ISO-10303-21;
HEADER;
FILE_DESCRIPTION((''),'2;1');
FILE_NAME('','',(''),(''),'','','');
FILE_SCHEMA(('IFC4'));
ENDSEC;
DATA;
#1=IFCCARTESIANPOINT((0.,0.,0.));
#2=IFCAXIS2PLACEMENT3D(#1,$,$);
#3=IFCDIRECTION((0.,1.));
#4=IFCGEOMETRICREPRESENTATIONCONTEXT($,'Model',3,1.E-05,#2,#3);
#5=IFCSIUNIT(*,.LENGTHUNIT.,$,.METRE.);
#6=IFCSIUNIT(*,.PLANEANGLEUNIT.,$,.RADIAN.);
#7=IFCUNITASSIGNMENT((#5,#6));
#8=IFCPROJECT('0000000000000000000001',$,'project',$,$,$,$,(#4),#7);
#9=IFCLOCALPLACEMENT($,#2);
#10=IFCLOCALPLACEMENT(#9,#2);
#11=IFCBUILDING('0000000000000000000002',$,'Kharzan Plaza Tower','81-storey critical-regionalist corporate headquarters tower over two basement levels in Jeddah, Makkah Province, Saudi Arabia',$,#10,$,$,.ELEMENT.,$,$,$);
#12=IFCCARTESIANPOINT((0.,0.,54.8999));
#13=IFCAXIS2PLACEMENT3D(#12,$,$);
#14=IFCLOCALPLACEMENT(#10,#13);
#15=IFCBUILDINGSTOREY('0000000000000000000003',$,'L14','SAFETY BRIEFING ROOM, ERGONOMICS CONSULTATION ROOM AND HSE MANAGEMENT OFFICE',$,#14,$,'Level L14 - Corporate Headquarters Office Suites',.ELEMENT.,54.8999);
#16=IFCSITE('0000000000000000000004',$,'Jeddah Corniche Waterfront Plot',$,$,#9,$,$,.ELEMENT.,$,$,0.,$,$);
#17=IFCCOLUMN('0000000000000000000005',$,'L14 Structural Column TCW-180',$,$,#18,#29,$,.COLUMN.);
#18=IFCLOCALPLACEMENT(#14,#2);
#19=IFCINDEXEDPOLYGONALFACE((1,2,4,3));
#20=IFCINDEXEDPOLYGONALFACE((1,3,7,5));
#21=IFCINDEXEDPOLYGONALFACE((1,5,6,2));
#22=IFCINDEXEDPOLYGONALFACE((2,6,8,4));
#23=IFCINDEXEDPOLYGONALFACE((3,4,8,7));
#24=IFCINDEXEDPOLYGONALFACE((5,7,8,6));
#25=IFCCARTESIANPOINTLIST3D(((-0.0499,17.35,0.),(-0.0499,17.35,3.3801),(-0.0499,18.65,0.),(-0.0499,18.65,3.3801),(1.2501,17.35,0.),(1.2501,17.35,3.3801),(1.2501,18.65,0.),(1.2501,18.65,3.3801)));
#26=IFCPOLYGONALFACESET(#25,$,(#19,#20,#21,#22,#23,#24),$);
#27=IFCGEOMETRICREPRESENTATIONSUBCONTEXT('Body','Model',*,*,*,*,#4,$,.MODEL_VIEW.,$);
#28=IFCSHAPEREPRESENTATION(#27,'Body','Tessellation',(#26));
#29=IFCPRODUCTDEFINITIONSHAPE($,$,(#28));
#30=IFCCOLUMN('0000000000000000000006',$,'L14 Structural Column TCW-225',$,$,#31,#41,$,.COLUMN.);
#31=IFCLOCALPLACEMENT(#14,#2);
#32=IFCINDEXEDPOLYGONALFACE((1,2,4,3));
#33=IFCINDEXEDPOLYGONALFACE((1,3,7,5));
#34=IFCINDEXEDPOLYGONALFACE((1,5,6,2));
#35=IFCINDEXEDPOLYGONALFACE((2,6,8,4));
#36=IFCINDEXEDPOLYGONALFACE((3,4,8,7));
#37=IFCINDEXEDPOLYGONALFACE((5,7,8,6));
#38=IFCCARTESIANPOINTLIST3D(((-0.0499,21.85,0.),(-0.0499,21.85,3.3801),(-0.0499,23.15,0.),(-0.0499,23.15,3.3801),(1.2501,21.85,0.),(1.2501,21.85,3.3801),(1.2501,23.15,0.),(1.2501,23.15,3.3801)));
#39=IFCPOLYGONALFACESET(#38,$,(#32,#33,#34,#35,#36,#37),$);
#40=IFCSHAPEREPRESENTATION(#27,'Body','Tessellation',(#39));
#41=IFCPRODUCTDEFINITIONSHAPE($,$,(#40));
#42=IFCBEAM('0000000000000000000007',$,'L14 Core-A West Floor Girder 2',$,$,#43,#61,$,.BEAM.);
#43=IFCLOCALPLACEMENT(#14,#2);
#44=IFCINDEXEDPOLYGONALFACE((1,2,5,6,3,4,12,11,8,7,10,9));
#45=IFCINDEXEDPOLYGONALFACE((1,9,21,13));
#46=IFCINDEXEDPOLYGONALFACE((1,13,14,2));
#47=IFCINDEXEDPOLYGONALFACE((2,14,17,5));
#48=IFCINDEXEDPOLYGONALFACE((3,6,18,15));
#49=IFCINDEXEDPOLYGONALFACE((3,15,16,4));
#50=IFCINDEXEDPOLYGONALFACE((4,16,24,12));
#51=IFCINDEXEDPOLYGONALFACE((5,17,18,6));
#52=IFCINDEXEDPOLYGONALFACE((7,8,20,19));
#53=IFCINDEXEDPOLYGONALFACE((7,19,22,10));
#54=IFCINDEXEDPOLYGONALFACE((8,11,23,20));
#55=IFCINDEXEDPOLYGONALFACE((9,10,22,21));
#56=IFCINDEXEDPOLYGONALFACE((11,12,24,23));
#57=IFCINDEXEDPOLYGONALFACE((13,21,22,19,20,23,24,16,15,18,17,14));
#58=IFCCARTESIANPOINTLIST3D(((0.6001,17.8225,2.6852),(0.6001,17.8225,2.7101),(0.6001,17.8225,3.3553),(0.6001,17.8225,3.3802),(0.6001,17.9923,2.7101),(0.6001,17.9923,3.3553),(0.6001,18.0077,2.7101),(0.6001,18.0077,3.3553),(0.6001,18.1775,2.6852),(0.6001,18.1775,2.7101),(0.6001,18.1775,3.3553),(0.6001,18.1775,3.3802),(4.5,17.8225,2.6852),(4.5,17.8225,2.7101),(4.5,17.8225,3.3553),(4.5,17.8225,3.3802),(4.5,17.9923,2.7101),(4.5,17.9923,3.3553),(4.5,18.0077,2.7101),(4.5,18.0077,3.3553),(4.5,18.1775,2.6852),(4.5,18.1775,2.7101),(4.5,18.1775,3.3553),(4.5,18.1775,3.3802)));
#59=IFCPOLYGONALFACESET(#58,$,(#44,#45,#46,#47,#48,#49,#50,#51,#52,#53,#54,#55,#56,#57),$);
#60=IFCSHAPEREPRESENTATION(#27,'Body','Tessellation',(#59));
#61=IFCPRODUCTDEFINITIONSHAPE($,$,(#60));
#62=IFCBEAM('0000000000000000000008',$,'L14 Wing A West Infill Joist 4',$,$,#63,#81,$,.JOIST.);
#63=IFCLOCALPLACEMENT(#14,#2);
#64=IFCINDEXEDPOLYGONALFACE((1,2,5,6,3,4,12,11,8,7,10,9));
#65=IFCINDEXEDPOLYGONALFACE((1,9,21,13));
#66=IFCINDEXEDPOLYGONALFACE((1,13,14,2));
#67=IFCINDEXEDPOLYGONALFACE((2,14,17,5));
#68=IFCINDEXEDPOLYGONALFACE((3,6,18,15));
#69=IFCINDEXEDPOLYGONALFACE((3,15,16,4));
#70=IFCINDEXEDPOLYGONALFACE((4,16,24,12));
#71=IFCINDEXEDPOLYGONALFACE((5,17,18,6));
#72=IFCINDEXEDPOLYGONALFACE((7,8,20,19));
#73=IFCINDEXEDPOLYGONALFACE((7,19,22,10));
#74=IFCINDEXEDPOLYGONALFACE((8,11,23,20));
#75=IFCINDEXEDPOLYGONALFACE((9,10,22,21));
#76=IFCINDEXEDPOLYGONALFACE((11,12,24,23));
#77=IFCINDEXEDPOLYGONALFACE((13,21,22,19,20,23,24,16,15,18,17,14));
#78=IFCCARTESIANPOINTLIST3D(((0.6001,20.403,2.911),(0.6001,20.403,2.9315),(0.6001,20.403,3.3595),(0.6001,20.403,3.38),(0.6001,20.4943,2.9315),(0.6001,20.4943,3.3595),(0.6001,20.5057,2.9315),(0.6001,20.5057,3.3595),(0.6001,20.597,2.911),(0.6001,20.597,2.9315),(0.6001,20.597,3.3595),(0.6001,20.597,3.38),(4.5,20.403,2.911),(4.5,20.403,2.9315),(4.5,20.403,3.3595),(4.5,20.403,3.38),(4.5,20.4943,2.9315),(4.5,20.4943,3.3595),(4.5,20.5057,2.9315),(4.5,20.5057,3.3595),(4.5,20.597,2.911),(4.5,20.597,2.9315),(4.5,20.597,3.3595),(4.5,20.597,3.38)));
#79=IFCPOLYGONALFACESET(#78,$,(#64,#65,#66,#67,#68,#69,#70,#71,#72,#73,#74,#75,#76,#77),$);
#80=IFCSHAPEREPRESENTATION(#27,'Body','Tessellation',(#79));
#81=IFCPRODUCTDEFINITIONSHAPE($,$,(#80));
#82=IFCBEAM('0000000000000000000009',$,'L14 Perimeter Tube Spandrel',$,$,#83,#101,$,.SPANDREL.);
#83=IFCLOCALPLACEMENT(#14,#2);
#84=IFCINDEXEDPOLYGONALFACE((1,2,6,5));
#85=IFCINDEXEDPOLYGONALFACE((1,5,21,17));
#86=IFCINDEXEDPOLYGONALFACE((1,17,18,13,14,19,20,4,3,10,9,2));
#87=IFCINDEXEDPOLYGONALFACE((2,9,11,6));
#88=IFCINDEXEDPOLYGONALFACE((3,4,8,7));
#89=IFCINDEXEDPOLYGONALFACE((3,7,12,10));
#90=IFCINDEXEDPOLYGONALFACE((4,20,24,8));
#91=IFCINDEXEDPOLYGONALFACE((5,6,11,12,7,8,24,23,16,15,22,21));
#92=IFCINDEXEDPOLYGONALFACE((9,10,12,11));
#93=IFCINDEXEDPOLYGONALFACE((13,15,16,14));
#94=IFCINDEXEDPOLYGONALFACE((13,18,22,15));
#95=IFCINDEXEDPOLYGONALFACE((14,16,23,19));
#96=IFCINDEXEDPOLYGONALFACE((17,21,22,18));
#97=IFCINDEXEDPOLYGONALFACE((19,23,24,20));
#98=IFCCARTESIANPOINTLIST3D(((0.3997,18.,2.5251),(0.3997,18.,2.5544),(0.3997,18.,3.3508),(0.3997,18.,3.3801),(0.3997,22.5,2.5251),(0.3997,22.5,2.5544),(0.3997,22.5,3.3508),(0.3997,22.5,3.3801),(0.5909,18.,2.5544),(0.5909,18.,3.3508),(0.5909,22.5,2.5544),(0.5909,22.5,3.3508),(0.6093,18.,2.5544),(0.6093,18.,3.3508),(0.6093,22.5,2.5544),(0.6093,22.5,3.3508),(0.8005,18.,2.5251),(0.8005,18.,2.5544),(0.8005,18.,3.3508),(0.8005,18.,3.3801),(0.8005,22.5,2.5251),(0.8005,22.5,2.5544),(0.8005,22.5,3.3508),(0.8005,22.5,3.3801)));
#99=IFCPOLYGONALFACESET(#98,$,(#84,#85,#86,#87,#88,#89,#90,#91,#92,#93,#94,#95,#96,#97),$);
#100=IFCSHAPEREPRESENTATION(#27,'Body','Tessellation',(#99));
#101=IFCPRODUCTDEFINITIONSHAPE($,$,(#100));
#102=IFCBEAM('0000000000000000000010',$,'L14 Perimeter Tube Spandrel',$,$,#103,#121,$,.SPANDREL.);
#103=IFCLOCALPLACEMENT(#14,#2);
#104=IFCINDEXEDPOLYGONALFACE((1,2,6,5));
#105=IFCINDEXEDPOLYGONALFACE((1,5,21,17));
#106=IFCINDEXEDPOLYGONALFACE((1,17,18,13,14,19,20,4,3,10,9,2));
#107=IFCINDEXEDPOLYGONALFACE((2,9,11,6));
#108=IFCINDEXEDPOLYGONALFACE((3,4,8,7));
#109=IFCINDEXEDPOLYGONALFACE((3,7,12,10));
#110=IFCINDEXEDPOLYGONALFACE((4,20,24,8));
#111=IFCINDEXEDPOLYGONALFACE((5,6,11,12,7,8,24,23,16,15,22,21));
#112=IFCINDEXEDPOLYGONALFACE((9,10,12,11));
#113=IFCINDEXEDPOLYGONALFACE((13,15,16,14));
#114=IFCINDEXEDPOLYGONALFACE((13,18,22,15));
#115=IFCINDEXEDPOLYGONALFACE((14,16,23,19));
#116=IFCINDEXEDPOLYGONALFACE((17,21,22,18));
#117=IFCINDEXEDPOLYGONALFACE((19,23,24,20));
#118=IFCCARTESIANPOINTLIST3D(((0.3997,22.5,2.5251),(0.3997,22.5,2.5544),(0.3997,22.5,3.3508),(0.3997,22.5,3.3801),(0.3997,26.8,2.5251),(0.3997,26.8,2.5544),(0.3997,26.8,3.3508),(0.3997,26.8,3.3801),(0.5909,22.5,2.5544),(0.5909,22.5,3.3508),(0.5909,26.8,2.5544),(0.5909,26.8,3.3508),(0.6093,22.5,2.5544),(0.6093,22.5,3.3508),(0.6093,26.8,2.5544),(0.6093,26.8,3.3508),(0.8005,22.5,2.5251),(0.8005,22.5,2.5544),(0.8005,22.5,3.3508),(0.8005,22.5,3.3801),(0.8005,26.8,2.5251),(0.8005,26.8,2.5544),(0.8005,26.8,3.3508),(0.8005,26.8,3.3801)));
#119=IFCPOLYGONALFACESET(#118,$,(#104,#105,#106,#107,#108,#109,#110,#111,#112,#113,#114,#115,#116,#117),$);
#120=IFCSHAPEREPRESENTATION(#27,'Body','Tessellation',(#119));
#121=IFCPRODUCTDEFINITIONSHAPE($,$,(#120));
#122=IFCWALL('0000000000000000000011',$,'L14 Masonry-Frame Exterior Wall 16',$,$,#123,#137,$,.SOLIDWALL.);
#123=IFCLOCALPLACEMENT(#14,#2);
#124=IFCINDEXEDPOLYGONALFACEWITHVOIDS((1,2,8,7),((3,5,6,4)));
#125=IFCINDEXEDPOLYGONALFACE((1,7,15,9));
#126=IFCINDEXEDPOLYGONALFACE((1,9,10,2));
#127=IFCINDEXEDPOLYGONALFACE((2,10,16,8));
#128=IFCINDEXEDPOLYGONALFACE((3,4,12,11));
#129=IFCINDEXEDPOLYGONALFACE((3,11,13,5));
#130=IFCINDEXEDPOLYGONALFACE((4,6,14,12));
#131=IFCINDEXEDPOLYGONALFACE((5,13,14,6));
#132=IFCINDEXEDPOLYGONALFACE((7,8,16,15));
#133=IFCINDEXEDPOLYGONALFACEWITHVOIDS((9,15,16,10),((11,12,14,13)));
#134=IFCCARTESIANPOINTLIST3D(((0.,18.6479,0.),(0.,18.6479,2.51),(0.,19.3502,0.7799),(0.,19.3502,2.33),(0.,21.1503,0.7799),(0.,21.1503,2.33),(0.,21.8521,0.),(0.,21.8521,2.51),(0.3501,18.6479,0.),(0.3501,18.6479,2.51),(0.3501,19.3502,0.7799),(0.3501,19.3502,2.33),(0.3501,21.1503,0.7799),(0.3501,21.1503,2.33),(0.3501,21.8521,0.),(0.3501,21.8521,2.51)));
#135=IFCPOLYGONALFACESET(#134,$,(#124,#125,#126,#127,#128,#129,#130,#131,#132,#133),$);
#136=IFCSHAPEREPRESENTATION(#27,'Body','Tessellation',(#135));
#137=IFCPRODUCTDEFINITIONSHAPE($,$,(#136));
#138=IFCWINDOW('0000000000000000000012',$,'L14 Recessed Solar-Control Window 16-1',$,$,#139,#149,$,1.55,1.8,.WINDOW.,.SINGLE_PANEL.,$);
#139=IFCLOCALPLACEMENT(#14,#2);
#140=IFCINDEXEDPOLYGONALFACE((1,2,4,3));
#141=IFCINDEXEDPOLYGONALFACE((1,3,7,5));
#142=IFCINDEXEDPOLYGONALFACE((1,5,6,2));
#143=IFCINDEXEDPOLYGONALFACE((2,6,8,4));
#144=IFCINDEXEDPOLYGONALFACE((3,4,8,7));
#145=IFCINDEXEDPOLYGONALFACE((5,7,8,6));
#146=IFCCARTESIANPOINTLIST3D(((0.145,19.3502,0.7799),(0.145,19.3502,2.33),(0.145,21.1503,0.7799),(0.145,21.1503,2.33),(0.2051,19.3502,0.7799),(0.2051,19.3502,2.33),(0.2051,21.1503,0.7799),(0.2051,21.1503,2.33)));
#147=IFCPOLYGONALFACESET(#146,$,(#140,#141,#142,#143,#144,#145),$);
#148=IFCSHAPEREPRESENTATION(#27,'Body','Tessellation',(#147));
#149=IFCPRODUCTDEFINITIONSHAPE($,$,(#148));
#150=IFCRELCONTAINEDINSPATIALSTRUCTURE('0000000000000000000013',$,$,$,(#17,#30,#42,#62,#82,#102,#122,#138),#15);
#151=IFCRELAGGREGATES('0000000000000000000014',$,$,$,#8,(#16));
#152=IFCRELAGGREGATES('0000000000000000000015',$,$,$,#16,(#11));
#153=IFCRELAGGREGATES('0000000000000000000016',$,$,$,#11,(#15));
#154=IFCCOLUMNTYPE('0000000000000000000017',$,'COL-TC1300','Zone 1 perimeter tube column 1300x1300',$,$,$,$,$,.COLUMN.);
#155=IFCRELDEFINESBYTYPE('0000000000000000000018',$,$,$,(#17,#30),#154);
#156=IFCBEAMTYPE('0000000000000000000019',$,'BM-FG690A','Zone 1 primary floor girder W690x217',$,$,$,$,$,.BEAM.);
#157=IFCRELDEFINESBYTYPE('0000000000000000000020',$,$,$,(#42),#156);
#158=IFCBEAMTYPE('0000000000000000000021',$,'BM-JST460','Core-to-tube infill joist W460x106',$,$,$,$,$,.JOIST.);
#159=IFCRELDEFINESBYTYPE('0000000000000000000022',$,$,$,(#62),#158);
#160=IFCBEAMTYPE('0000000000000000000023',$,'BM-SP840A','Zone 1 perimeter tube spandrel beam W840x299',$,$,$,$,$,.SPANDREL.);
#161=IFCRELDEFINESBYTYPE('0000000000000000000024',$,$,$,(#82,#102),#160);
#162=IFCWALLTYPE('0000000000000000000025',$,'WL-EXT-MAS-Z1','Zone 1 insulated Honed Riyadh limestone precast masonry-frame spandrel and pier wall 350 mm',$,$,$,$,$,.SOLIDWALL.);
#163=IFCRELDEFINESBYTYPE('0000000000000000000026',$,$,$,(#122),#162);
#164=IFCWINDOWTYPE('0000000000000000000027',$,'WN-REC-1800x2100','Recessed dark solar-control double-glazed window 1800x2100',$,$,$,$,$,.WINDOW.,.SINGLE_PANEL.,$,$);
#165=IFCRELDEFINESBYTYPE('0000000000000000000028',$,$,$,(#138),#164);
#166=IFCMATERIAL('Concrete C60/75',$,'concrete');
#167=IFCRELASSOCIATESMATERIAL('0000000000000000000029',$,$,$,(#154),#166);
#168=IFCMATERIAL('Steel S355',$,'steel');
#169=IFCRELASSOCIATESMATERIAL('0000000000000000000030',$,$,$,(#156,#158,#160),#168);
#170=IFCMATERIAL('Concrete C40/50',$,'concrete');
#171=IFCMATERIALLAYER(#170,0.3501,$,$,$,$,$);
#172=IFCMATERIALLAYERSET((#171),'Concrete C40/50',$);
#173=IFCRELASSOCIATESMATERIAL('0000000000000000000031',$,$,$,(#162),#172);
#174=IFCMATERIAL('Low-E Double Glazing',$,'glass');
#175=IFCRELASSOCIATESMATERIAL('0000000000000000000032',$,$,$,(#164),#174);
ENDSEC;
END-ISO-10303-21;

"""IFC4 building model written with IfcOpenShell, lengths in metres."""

from ifc_helpers import new_model, si_unit, direction, frame, frame_2d, origin, origin_2d, place, context, subcontext, project, spatial, rectangle, i_section, extrude, source, transform, mapped, material, layer, layer_set, material_profile, profile_set, type_object, element, fill, save


model = new_model("IFC4")

# Units and contexts
model_context = context("Model", 3, precision=1e-05, world=origin(), true_north=direction((0.0, 1.0)))
body_context = subcontext(model_context, "Body", "Model", "MODEL_VIEW")
ifc_project = project(units=[si_unit("LENGTHUNIT", "METRE"), si_unit("PLANEANGLEUNIT", "RADIAN")], contexts=[model_context])

# Site, building, storey
site_placement = place(None, origin())
site = spatial("IfcSite", under=ifc_project, at=site_placement, Name="Jeddah Corniche Waterfront Plot", CompositionType="ELEMENT", RefElevation=0.0)
building_placement = place(site_placement, origin())
building = spatial("IfcBuilding", under=site, at=building_placement, Name="Kharzan Plaza Tower", Description="81-storey critical-regionalist corporate headquarters tower over two basement levels in Jeddah, Makkah Province, Saudi Arabia", CompositionType="ELEMENT")
storey_placement = place(building_placement, frame((0.0, 0.0, 54.8999)))
storey = spatial("IfcBuildingStorey", under=building, at=storey_placement, Name="L14", Description="SAFETY BRIEFING ROOM, ERGONOMICS CONSULTATION ROOM AND HSE MANAGEMENT OFFICE", LongName="Level L14 - Corporate Headquarters Office Suites", CompositionType="ELEMENT", Elevation=54.8999)

# Columns
ifc_material_1 = material(Name="Concrete C60/75", Category="concrete")
ifc_material_profile_1 = material_profile(ifc_material_1, rectangle(XDim=1.3, YDim=1.3, at=origin_2d()), Name="RC-TC1300x1300")
ifc_profile_set_1 = profile_set([ifc_material_profile_1], Name="Concrete C60/75")
column_type = type_object("IfcColumnType", Name="COL-TC1300", Description="Zone 1 perimeter tube column 1300x1300", PredefinedType="COLUMN", material=ifc_profile_set_1)
shared_shape_1 = source(origin(), body_context, "Body", "SweptSolid", [
    extrude(rectangle(XDim=1.3, YDim=1.3, at=origin_2d()), origin(), (0.0, 0.0, 1.0), 3.3801),
])
for number, where, z_axis, x_axis, name in (
    (1, (0.6001, 18.0, 0.0), (0.0, 0.0, 1.0), (1.0, 0.0, 0.0), "L14 Structural Column TCW-180"),
    (2, (0.6001, 22.5, 0.0), (0.0, 0.0, 1.0), (1.0, 0.0, 0.0), "L14 Structural Column TCW-225"),
):
    element("IfcColumn", number, at=place(storey_placement, frame(where, z_axis=z_axis, x_axis=x_axis)), inside=storey, type_object=column_type, Name=name, PredefinedType="COLUMN", context=body_context, shape_type="MappedRepresentation", body=[
        mapped(shared_shape_1, transform((0.0, 0.0, 0.0), x_axis=(1.0, 0.0, 0.0), y_axis=(0.0, 1.0, 0.0), z_axis=(0.0, 0.0, 1.0))),
    ])

# Beams
ifc_material_2 = material(Name="Steel S355", Category="steel")
ifc_material_profile_2 = material_profile(ifc_material_2, i_section(OverallWidth=0.355, OverallDepth=0.6951, WebThickness=0.0154, FlangeThickness=0.0249, at=origin_2d()), Name="W690x217")
ifc_profile_set_2 = profile_set([ifc_material_profile_2], Name="Steel S355")
beam_type_1 = type_object("IfcBeamType", Name="BM-FG690A", Description="Zone 1 primary floor girder W690x217", PredefinedType="BEAM", material=ifc_profile_set_2)
shared_shape_2 = source(origin(), body_context, "Body", "SweptSolid", [
    extrude(i_section(OverallWidth=0.355, OverallDepth=0.6951, WebThickness=0.0154, FlangeThickness=0.0249, at=origin_2d()), origin(), (0.0, 0.0, 1.0), 3.8999),
])
beam_1_placement = place(storey_placement, frame((0.6001, 18.0, 3.0327), z_axis=(1.0, 0.0, 0.0), x_axis=(0.0, 1.0, 0.0)))
element("IfcBeam", 3, at=beam_1_placement, inside=storey, type_object=beam_type_1, Name="L14 Core-A West Floor Girder 2", PredefinedType="BEAM", context=body_context, shape_type="MappedRepresentation", body=[
    mapped(shared_shape_2, transform((0.0, 0.0, 0.0), x_axis=(1.0, 0.0, 0.0), y_axis=(0.0, 1.0, 0.0), z_axis=(0.0, 0.0, 1.0))),
])
ifc_material_profile_3 = material_profile(ifc_material_2, i_section(OverallWidth=0.1941, OverallDepth=0.469, WebThickness=0.0115, FlangeThickness=0.0205, at=origin_2d()), Name="W460x106")
ifc_profile_set_3 = profile_set([ifc_material_profile_3], Name="Steel S355")
beam_type_2 = type_object("IfcBeamType", Name="BM-JST460", Description="Core-to-tube infill joist W460x106", PredefinedType="JOIST", material=ifc_profile_set_3)
shared_shape_3 = source(origin(), body_context, "Body", "SweptSolid", [
    extrude(i_section(OverallWidth=0.1941, OverallDepth=0.469, WebThickness=0.0115, FlangeThickness=0.0205, at=origin_2d()), origin(), (0.0, 0.0, 1.0), 3.8999),
])
beam_2_placement = place(storey_placement, frame((0.6001, 20.5, 3.1455), z_axis=(1.0, 0.0, 0.0), x_axis=(0.0, 1.0, 0.0)))
element("IfcBeam", 4, at=beam_2_placement, inside=storey, type_object=beam_type_2, Name="L14 Wing A West Infill Joist 4", PredefinedType="JOIST", context=body_context, shape_type="MappedRepresentation", body=[
    mapped(shared_shape_3, transform((0.0, 0.0, 0.0), x_axis=(1.0, 0.0, 0.0), y_axis=(0.0, 1.0, 0.0), z_axis=(0.0, 0.0, 1.0))),
])
ifc_material_profile_4 = material_profile(ifc_material_2, i_section(OverallWidth=0.4009, OverallDepth=0.855, WebThickness=0.0183, FlangeThickness=0.0293, at=origin_2d()), Name="W840x299")
ifc_profile_set_4 = profile_set([ifc_material_profile_4], Name="Steel S355")
beam_type_3 = type_object("IfcBeamType", Name="BM-SP840A", Description="Zone 1 perimeter tube spandrel beam W840x299", PredefinedType="SPANDREL", material=ifc_profile_set_4)
shared_shape_4 = source(origin(), body_context, "Body", "SweptSolid", [
    extrude(i_section(OverallWidth=0.4009, OverallDepth=0.855, WebThickness=0.0183, FlangeThickness=0.0293, at=origin_2d()), origin(), (0.0, 0.0, 1.0), 4.5),
])
beam_3_placement = place(storey_placement, frame((0.6001, 18.0, 2.9526), z_axis=(0.0, 1.0, 0.0), x_axis=(-1.0, 0.0, 0.0)))
element("IfcBeam", 5, at=beam_3_placement, inside=storey, type_object=beam_type_3, Name="L14 Perimeter Tube Spandrel", PredefinedType="SPANDREL", context=body_context, shape_type="MappedRepresentation", body=[
    mapped(shared_shape_4, transform((0.0, 0.0, 0.0), x_axis=(1.0, 0.0, 0.0), y_axis=(0.0, 1.0, 0.0), z_axis=(0.0, 0.0, 1.0))),
])
shared_shape_5 = source(origin(), body_context, "Body", "SweptSolid", [
    extrude(i_section(OverallWidth=0.4009, OverallDepth=0.855, WebThickness=0.0183, FlangeThickness=0.0293, at=origin_2d()), origin(), (0.0, 0.0, 1.0), 4.3),
])
beam_4_placement = place(storey_placement, frame((0.6001, 22.5, 2.9526), z_axis=(0.0, 1.0, 0.0), x_axis=(-1.0, 0.0, 0.0)))
element("IfcBeam", 6, at=beam_4_placement, inside=storey, type_object=beam_type_3, Name="L14 Perimeter Tube Spandrel", PredefinedType="SPANDREL", context=body_context, shape_type="MappedRepresentation", body=[
    mapped(shared_shape_5, transform((0.0, 0.0, 0.0), x_axis=(1.0, 0.0, 0.0), y_axis=(0.0, 1.0, 0.0), z_axis=(0.0, 0.0, 1.0))),
])

# Wall, opening, window
ifc_material_3 = material(Name="Concrete C40/50", Category="concrete")
ifc_layer_1 = layer(ifc_material_3, 0.3501)
ifc_layer_set_1 = layer_set([ifc_layer_1], Name="Concrete C40/50")
wall_type_1 = type_object("IfcWallType", Name="WL-EXT-MAS-Z1", Description="Zone 1 insulated Honed Riyadh limestone precast masonry-frame spandrel and pier wall 350 mm", PredefinedType="SOLIDWALL", material=ifc_layer_set_1)
wall_1_placement = place(storey_placement, frame((0.175, 21.8521, 0.0), z_axis=(0.0, 0.0, 1.0), x_axis=(0.0, -1.0, 0.0)))
wall_1 = element("IfcWall", 7, at=wall_1_placement, inside=storey, type_object=wall_type_1, Name="L14 Masonry-Frame Exterior Wall 16", PredefinedType="SOLIDWALL", context=body_context, shape_type="SweptSolid", body=[
    extrude(rectangle(XDim=3.2041, YDim=0.3501, at=frame_2d((1.6021, 0.0))), origin(), (0.0, 0.0, 1.0), 2.51),
])
opening_1_placement = place(wall_1_placement, frame((0.7019, 0.0, 0.78)))
opening_1 = element("IfcOpeningElement", 8, at=opening_1_placement, cuts=wall_1, PredefinedType="OPENING", context=body_context, shape_type="SweptSolid", body=[
    extrude(rectangle(XDim=1.8, YDim=1.55, at=frame_2d((0.8999, 0.7749))), frame((0.0, 0.1851, 0.0), z_axis=(0.0, -1.0, 0.0), x_axis=(1.0, 0.0, 0.0)), (0.0, 0.0, 1.0), 0.3701),
])
ifc_material_4 = material(Name="Low-E Double Glazing", Category="glass")
window_type = type_object("IfcWindowType", Name="WN-REC-1800x2100", Description="Recessed dark solar-control double-glazed window 1800x2100", PartitioningType="SINGLE_PANEL", PredefinedType="WINDOW", material=ifc_material_4)
shared_shape_6 = source(origin(), body_context, "Body", "SweptSolid", [
    extrude(rectangle(XDim=1.8, YDim=1.55, at=frame_2d((0.8999, 0.7749))), frame((0.0, 0.03, 0.0), z_axis=(0.0, -1.0, 0.0), x_axis=(1.0, 0.0, 0.0)), (0.0, 0.0, 1.0), 0.0601),
])
window_placement = place(opening_1_placement, origin())
window = element("IfcWindow", 9, at=window_placement, inside=storey, type_object=window_type, Name="L14 Recessed Solar-Control Window 16-1", OverallHeight=1.55, OverallWidth=1.8, PartitioningType="SINGLE_PANEL", PredefinedType="WINDOW", context=body_context, shape_type="MappedRepresentation", body=[
    mapped(shared_shape_6, transform((0.0, 0.0, 0.0), x_axis=(1.0, 0.0, 0.0), y_axis=(0.0, 1.0, 0.0), z_axis=(0.0, 0.0, 1.0))),
])
fill(opening_1, window)

save(model, "model.ifc")
